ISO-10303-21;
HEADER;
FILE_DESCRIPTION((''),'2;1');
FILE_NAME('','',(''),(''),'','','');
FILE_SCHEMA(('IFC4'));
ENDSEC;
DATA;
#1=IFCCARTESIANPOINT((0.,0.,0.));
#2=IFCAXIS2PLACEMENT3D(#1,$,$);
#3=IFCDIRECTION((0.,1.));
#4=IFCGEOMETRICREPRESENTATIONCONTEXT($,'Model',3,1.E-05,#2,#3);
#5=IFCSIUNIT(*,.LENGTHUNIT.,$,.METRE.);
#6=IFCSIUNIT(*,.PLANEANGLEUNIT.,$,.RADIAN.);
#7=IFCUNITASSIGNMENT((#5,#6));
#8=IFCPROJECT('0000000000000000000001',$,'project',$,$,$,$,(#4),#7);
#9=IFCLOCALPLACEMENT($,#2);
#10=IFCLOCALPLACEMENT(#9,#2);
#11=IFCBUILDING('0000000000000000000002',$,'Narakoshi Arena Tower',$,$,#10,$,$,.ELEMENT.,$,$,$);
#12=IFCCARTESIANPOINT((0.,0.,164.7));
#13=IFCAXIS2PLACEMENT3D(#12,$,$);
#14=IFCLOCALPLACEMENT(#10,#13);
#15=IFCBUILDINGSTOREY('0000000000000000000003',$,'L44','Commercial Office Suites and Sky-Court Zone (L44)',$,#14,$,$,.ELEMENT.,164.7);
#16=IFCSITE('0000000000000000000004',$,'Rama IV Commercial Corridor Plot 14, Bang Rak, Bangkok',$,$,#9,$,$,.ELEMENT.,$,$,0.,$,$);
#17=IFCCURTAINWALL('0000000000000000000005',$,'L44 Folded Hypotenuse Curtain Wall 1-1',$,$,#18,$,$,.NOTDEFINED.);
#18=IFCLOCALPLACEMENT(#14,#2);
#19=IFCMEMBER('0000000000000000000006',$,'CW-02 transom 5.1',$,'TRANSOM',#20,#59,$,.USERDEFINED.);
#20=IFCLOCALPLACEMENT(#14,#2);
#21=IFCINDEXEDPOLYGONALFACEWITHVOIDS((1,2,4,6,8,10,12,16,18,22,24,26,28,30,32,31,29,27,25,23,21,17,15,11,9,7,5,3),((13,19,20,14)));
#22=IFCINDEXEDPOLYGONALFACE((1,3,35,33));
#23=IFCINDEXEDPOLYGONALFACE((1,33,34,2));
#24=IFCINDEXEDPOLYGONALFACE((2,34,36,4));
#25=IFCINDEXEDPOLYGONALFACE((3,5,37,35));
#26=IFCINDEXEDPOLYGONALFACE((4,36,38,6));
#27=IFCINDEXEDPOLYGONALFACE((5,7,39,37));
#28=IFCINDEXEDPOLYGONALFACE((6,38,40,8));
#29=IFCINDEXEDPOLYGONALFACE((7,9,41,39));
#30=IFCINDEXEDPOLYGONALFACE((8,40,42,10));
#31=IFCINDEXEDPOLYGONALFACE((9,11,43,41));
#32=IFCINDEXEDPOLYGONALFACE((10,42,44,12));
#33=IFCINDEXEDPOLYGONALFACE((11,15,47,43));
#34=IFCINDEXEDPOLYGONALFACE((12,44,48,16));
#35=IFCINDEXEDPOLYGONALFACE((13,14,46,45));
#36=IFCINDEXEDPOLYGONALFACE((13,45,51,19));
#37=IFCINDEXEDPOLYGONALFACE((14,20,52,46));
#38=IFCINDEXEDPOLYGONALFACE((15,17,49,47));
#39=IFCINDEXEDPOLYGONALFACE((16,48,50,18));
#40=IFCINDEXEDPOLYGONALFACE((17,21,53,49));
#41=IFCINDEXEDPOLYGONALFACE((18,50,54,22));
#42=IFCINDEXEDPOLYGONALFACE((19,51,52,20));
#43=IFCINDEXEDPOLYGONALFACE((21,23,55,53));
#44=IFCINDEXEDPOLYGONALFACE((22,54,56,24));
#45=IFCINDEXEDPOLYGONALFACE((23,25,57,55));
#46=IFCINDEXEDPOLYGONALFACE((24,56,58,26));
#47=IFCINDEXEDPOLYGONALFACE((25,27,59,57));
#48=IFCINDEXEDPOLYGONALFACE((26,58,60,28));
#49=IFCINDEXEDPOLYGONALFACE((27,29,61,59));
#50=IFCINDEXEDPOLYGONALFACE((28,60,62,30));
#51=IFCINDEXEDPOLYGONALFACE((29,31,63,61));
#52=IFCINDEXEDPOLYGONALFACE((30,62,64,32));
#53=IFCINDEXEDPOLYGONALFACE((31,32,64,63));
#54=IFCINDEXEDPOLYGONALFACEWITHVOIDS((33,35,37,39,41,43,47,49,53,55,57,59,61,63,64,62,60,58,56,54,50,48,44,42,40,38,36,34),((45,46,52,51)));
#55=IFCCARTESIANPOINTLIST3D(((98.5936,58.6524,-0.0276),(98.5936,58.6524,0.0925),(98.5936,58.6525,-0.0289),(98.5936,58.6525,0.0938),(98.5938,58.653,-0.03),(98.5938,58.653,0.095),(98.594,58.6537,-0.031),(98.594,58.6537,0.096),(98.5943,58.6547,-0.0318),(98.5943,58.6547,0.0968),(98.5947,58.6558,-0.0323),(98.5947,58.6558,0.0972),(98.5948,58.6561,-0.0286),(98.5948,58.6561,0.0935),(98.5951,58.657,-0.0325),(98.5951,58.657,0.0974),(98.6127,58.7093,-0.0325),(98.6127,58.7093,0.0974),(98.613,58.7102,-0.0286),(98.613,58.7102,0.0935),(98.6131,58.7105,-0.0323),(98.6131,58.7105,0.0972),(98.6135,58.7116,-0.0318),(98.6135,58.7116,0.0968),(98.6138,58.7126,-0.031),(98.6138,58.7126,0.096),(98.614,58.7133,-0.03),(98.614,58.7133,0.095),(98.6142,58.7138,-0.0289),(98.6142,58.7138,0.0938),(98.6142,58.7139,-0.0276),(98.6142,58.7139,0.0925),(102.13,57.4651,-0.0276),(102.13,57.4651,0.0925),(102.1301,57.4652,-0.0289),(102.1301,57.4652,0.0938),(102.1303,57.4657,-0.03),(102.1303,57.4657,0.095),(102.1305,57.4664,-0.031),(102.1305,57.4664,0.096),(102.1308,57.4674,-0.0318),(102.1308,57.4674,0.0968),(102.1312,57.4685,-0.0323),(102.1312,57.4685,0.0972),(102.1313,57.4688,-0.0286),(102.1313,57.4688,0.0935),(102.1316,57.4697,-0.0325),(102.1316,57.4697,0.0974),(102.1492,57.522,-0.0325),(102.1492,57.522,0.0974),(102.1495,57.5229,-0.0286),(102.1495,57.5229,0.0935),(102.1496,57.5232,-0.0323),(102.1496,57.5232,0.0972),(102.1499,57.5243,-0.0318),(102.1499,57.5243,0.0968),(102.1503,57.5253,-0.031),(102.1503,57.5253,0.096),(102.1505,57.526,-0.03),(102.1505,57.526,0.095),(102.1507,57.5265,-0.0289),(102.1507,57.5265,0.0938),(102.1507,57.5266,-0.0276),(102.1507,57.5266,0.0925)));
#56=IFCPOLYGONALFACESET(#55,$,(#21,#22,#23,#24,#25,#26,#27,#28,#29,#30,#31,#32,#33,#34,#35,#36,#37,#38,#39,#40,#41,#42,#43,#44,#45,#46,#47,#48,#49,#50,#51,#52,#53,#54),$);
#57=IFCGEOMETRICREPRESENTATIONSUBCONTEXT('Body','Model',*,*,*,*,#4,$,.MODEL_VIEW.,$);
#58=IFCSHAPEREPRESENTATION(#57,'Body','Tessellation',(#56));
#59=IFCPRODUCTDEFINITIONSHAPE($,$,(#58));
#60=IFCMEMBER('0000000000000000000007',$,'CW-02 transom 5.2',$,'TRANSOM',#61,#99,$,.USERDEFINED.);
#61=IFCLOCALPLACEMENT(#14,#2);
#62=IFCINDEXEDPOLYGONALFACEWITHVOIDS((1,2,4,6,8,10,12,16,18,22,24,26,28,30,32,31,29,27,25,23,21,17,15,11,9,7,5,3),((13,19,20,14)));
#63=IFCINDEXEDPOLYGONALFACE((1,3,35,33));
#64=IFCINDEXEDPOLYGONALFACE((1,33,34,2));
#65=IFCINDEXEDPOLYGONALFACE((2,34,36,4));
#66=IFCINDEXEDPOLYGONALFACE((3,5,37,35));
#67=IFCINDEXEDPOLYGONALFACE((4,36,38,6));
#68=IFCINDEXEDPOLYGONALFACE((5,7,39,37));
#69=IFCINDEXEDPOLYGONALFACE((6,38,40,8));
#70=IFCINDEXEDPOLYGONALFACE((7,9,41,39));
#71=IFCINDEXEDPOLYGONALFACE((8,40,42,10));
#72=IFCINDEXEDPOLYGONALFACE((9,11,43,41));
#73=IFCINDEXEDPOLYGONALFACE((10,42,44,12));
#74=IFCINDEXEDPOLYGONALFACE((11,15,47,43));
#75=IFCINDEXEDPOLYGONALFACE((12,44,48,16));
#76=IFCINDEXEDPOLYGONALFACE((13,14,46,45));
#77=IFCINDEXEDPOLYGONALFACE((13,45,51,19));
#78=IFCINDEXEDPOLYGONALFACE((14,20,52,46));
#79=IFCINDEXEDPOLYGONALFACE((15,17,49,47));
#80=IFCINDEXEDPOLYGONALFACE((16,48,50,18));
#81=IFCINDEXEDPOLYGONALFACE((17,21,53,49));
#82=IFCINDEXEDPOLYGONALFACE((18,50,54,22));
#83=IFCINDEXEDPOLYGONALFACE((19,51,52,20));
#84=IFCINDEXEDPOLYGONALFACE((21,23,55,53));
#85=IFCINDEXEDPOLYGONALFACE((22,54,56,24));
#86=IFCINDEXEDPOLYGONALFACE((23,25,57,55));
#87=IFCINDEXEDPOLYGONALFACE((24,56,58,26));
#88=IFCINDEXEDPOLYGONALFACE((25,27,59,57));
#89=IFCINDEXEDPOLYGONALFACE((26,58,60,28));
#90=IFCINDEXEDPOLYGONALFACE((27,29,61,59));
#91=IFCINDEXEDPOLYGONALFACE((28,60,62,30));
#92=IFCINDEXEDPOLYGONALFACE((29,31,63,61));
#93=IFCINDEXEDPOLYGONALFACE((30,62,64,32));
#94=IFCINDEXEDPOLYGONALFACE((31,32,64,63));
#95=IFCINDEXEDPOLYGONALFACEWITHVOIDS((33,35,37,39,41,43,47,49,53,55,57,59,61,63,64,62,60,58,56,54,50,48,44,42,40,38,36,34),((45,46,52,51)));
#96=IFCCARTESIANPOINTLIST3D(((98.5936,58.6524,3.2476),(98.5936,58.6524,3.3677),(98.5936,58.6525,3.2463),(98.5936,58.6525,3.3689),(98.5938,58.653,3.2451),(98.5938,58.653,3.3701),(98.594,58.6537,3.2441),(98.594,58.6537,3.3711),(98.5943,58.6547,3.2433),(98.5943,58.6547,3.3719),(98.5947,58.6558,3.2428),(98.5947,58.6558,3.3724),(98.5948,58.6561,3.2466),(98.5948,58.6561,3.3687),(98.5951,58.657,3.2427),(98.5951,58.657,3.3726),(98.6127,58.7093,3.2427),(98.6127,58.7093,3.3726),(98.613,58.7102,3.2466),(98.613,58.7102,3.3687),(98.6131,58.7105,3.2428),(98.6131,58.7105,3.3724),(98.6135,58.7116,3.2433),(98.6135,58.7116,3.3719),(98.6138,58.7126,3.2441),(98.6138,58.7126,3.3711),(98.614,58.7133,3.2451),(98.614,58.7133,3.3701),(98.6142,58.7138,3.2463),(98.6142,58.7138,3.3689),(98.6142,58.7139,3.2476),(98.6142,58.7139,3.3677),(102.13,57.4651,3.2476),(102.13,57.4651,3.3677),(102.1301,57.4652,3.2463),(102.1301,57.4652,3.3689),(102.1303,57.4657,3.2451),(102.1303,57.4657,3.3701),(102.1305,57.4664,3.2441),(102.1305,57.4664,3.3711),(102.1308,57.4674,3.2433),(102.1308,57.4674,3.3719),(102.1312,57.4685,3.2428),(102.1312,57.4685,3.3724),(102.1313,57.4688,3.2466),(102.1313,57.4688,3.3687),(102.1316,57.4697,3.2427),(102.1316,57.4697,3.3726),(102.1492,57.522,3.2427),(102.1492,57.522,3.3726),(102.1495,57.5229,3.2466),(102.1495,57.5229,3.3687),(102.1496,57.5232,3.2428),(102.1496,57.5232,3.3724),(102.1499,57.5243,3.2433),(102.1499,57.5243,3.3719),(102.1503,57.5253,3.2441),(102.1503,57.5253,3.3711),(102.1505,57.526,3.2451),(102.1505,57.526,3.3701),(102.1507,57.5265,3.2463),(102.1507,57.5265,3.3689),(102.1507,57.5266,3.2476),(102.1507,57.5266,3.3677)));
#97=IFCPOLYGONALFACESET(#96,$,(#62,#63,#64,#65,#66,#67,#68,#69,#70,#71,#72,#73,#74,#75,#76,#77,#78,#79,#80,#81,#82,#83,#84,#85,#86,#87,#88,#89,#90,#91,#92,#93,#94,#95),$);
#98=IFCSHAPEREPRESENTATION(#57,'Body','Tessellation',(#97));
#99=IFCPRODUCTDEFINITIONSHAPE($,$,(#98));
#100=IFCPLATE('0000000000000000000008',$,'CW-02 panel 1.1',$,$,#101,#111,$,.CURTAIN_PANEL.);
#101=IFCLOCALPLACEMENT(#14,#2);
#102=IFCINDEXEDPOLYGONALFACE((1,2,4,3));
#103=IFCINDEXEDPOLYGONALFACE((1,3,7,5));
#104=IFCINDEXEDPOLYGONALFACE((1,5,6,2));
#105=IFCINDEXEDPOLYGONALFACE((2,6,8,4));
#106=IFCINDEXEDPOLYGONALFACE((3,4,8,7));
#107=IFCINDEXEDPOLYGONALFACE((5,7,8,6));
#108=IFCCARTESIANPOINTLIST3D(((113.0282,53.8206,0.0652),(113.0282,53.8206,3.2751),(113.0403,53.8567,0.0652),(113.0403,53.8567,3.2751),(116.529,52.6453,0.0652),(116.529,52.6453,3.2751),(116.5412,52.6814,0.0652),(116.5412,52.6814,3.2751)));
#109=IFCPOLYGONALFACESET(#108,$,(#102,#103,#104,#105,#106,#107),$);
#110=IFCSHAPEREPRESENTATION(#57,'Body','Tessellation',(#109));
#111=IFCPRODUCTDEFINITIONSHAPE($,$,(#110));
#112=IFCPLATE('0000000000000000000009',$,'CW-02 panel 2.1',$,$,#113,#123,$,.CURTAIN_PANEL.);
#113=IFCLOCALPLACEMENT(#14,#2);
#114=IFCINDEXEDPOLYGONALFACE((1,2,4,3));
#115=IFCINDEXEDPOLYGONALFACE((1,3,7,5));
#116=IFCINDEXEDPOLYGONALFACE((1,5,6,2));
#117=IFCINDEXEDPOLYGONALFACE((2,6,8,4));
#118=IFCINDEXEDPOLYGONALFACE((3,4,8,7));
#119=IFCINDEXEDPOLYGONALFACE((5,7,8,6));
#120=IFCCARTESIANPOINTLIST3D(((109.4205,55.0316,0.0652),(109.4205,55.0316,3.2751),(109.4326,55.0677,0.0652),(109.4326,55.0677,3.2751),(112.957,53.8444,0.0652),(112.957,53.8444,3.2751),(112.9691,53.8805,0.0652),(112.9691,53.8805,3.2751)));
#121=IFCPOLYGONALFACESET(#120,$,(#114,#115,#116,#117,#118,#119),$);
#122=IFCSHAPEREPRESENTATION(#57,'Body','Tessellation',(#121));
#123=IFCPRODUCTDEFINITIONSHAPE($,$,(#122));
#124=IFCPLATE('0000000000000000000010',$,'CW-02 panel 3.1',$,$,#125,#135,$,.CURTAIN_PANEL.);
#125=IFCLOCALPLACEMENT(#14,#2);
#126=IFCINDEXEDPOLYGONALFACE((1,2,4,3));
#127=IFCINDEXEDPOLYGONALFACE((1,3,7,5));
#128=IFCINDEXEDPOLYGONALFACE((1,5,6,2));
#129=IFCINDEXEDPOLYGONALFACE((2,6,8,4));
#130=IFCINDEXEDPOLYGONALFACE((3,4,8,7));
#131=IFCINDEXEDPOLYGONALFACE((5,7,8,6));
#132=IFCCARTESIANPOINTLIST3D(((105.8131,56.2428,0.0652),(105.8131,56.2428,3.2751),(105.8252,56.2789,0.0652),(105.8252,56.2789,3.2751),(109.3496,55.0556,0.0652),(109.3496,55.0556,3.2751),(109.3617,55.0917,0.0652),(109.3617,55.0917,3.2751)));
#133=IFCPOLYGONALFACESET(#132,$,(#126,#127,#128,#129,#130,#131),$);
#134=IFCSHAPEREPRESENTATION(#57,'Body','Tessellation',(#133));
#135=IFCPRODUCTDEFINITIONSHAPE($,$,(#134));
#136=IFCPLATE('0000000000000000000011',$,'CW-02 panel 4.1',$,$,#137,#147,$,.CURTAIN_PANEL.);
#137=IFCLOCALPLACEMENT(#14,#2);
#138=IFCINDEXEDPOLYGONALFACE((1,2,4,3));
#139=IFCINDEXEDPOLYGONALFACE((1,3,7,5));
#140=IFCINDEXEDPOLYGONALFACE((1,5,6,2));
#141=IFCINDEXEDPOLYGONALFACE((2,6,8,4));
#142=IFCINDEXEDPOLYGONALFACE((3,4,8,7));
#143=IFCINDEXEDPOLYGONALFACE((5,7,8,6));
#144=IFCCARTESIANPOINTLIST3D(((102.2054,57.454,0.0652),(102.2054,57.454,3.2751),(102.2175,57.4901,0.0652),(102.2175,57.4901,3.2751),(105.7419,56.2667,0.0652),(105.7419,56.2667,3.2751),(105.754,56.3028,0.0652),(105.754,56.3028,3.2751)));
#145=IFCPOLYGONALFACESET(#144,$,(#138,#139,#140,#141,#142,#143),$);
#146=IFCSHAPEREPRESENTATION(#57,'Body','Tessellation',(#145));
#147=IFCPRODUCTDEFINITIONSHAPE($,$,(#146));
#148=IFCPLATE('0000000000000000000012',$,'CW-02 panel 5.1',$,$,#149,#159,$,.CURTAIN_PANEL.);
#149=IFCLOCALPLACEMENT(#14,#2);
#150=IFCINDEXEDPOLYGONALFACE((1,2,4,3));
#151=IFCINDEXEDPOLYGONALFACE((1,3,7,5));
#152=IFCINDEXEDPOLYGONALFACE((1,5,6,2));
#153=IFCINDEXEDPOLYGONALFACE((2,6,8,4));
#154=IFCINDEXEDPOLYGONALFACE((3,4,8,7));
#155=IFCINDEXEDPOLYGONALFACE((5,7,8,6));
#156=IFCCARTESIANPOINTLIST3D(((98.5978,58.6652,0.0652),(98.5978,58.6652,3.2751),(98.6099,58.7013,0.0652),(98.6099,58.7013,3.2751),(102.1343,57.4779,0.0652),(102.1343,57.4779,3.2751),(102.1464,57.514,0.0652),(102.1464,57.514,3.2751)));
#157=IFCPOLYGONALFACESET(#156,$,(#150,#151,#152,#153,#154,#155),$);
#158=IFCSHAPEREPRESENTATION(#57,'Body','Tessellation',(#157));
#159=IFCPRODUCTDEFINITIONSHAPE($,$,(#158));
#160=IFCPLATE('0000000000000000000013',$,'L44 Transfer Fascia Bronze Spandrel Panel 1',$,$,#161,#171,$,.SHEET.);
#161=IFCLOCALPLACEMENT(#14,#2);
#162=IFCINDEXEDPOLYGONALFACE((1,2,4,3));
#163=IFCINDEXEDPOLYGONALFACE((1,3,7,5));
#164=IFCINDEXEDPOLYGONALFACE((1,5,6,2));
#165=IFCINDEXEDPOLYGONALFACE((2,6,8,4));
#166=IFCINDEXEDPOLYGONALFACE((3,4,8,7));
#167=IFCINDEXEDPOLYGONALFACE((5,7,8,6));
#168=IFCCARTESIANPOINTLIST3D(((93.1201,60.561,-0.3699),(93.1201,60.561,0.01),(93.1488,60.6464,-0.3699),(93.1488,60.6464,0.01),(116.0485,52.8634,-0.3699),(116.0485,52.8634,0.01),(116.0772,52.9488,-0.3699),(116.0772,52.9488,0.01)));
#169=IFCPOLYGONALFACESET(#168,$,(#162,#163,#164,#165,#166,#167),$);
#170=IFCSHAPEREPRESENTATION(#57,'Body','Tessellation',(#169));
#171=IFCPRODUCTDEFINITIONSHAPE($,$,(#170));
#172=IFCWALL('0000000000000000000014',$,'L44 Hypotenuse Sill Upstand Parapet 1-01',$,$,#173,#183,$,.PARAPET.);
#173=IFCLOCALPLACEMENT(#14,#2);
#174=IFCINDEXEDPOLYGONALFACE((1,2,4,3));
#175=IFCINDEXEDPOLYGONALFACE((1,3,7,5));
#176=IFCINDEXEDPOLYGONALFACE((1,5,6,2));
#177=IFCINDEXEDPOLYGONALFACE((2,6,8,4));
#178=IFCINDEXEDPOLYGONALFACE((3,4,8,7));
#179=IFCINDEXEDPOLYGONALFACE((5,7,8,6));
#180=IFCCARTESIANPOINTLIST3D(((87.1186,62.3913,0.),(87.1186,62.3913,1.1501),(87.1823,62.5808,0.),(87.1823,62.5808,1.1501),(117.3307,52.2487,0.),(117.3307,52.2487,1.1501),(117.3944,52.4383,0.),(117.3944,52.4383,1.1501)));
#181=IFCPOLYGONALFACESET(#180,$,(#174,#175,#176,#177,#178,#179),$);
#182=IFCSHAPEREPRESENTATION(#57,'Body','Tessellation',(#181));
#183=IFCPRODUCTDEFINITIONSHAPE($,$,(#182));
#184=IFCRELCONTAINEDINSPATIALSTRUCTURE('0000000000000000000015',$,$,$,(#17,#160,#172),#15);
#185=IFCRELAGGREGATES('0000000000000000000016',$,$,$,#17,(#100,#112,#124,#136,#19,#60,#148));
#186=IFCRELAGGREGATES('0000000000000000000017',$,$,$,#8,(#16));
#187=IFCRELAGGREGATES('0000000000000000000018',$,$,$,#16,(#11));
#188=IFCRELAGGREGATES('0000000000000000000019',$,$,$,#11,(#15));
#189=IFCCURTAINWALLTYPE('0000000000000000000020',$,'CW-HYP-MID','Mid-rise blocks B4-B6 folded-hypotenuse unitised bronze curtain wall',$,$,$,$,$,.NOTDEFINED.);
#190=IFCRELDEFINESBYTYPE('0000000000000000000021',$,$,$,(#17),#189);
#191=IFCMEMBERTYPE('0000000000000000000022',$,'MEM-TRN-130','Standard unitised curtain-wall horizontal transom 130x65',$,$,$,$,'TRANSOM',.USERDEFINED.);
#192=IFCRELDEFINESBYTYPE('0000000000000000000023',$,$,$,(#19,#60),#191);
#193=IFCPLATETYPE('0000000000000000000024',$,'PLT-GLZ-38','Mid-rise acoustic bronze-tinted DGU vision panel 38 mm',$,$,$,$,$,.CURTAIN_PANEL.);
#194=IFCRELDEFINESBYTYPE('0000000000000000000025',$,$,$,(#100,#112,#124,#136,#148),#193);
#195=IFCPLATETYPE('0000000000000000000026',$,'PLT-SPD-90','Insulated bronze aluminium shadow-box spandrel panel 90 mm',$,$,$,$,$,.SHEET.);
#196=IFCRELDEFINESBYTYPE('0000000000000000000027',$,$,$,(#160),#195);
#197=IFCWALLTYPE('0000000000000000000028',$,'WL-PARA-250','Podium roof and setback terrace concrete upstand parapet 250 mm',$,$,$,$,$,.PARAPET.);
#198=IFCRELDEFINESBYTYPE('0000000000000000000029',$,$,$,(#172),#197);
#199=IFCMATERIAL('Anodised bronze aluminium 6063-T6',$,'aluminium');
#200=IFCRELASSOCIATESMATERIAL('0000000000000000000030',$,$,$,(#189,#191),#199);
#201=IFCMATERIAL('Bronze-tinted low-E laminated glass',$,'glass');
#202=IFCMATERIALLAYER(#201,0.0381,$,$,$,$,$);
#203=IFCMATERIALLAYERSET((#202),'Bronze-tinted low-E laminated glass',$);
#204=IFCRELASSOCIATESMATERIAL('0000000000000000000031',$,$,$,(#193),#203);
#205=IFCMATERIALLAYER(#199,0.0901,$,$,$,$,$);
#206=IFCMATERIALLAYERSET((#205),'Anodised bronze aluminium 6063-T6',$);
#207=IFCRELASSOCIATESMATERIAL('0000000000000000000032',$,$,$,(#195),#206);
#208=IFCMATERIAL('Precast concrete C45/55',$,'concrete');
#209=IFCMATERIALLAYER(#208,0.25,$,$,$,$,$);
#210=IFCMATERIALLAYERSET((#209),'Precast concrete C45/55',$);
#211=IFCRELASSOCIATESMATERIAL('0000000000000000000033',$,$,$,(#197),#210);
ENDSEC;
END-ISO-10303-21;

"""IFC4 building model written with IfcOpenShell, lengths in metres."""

from ifc_helpers import new_model, si_unit, direction, frame, frame_2d, origin, origin_2d, place, context, subcontext, project, spatial, rectangle, hollow_rectangle, extrude, material, layer, layer_set, material_profile, profile_set, type_object, element, aggregate, save


model = new_model("IFC4")

# Units and contexts
model_context = context("Model", 3, precision=1e-05, world=origin(), true_north=direction((0.0, 1.0)))
body_context = subcontext(model_context, "Body", "Model", "MODEL_VIEW")
ifc_project = project(units=[si_unit("LENGTHUNIT", "METRE"), si_unit("PLANEANGLEUNIT", "RADIAN")], contexts=[model_context])

# Site, building, storey
site_placement = place(None, origin())
site = spatial("IfcSite", under=ifc_project, at=site_placement, Name="Rama IV Commercial Corridor Plot 14, Bang Rak, Bangkok", CompositionType="ELEMENT", RefElevation=0.0)
building_placement = place(site_placement, origin())
building = spatial("IfcBuilding", under=site, at=building_placement, Name="Narakoshi Arena Tower", CompositionType="ELEMENT")
storey_placement = place(building_placement, frame((0.0, 0.0, 164.7)))
storey = spatial("IfcBuildingStorey", under=building, at=storey_placement, Name="L44", Description="Commercial Office Suites and Sky-Court Zone (L44)", CompositionType="ELEMENT", Elevation=164.7)

# Curtain wall, members, plates
ifc_material_1 = material(Name="Anodised bronze aluminium 6063-T6", Category="aluminium")
curtain_wall_type = type_object("IfcCurtainWallType", Name="CW-HYP-MID", Description="Mid-rise blocks B4-B6 folded-hypotenuse unitised bronze curtain wall", PredefinedType="NOTDEFINED", material=ifc_material_1)
curtain_wall_placement = place(storey_placement, origin())
curtain_wall = element("IfcCurtainWall", 1, at=curtain_wall_placement, inside=storey, type_object=curtain_wall_type, Name="L44 Folded Hypotenuse Curtain Wall 1-1", PredefinedType="NOTDEFINED")
ifc_material_profile_1 = material_profile(ifc_material_1, hollow_rectangle(XDim=0.0649, YDim=0.1299, WallThickness=0.0039, OuterFilletRadius=0.0049, at=origin_2d()), Name="TRN130x65x4")
ifc_profile_set_1 = profile_set([ifc_material_profile_1], Name="Anodised bronze aluminium 6063-T6")
member_type_1 = type_object("IfcMemberType", Name="MEM-TRN-130", Description="Standard unitised curtain-wall horizontal transom 130x65", ElementType="TRANSOM", PredefinedType="USERDEFINED", material=ifc_profile_set_1)
member_1_placement = place(storey_placement, frame((102.1404, 57.4958, 0.0325), z_axis=(-0.948, 0.318269, 0.0), x_axis=(-0.318269, -0.948, 0.0)))
member_1 = element("IfcMember", 2, at=member_1_placement, type_object=member_type_1, Name="CW-02 transom 5.1", ObjectType="TRANSOM", PredefinedType="USERDEFINED", context=body_context, shape_type="SweptSolid", body=[
    extrude(hollow_rectangle(XDim=0.0649, YDim=0.1299, WallThickness=0.0039, OuterFilletRadius=0.0049, at=origin_2d()), origin(), (0.0, 0.0, 1.0), 3.7305),
])
member_2_placement = place(storey_placement, frame((102.1404, 57.4958, 3.3076), z_axis=(-0.948, 0.318269, 0.0), x_axis=(-0.318269, -0.948, 0.0)))
member_2 = element("IfcMember", 3, at=member_2_placement, type_object=member_type_1, Name="CW-02 transom 5.2", ObjectType="TRANSOM", PredefinedType="USERDEFINED", context=body_context, shape_type="SweptSolid", body=[
    extrude(hollow_rectangle(XDim=0.0649, YDim=0.1299, WallThickness=0.0039, OuterFilletRadius=0.0049, at=origin_2d()), origin(), (0.0, 0.0, 1.0), 3.7305),
])
ifc_material_2 = material(Name="Bronze-tinted low-E laminated glass", Category="glass")
ifc_layer_1 = layer(ifc_material_2, 0.0381)
ifc_layer_set_1 = layer_set([ifc_layer_1], Name="Bronze-tinted low-E laminated glass")
plate_type_1 = type_object("IfcPlateType", Name="PLT-GLZ-38", Description="Mid-rise acoustic bronze-tinted DGU vision panel 38 mm", PredefinedType="CURTAIN_PANEL", material=ifc_layer_set_1)
plate_1_placement = place(storey_placement, frame((114.7847, 53.251, 0.0652), z_axis=(0.0, 0.0, 1.0), x_axis=(-0.948003, 0.318261, 0.0)))
plate_1 = element("IfcPlate", 4, at=plate_1_placement, type_object=plate_type_1, Name="CW-02 panel 1.1", PredefinedType="CURTAIN_PANEL", context=body_context, shape_type="SweptSolid", body=[
    extrude(rectangle(XDim=3.6929, YDim=0.0381, at=origin_2d()), origin(), (0.0, 0.0, 1.0), 3.21),
])
plate_2_placement = place(storey_placement, frame((111.1948, 54.4561, 0.0652), z_axis=(0.0, 0.0, 1.0), x_axis=(-0.948003, 0.318261, 0.0)))
plate_2 = element("IfcPlate", 5, at=plate_2_placement, type_object=plate_type_1, Name="CW-02 panel 2.1", PredefinedType="CURTAIN_PANEL", context=body_context, shape_type="SweptSolid", body=[
    extrude(rectangle(XDim=3.7305, YDim=0.0381, at=origin_2d()), origin(), (0.0, 0.0, 1.0), 3.21),
])
plate_3_placement = place(storey_placement, frame((107.5874, 55.6672, 0.0652), z_axis=(0.0, 0.0, 1.0), x_axis=(-0.948003, 0.318261, 0.0)))
plate_3 = element("IfcPlate", 6, at=plate_3_placement, type_object=plate_type_1, Name="CW-02 panel 3.1", PredefinedType="CURTAIN_PANEL", context=body_context, shape_type="SweptSolid", body=[
    extrude(rectangle(XDim=3.7305, YDim=0.0381, at=origin_2d()), origin(), (0.0, 0.0, 1.0), 3.21),
])
plate_4_placement = place(storey_placement, frame((103.9797, 56.8784, 0.0652), z_axis=(0.0, 0.0, 1.0), x_axis=(-0.948003, 0.318261, 0.0)))
plate_4 = element("IfcPlate", 7, at=plate_4_placement, type_object=plate_type_1, Name="CW-02 panel 4.1", PredefinedType="CURTAIN_PANEL", context=body_context, shape_type="SweptSolid", body=[
    extrude(rectangle(XDim=3.7305, YDim=0.0381, at=origin_2d()), origin(), (0.0, 0.0, 1.0), 3.21),
])
plate_5_placement = place(storey_placement, frame((100.3721, 58.0896, 0.0652), z_axis=(0.0, 0.0, 1.0), x_axis=(-0.948003, 0.318261, 0.0)))
plate_5 = element("IfcPlate", 8, at=plate_5_placement, type_object=plate_type_1, Name="CW-02 panel 5.1", PredefinedType="CURTAIN_PANEL", context=body_context, shape_type="SweptSolid", body=[
    extrude(rectangle(XDim=3.7305, YDim=0.0381, at=origin_2d()), origin(), (0.0, 0.0, 1.0), 3.21),
])
aggregate(curtain_wall, [plate_1, plate_2, plate_3, plate_4, member_1, member_2, plate_5])

# Plate
ifc_layer_2 = layer(ifc_material_1, 0.0901)
ifc_layer_set_2 = layer_set([ifc_layer_2], Name="Anodised bronze aluminium 6063-T6")
plate_type_2 = type_object("IfcPlateType", Name="PLT-SPD-90", Description="Insulated bronze aluminium shadow-box spandrel panel 90 mm", PredefinedType="SHEET", material=ifc_layer_set_2)
plate_6_placement = place(storey_placement, frame((104.5986, 56.7549, -0.3699), z_axis=(0.0, 0.0, 1.0), x_axis=(-0.948002, 0.318264, 0.0)))
element("IfcPlate", 9, at=plate_6_placement, inside=storey, type_object=plate_type_2, Name="L44 Transfer Fascia Bronze Spandrel Panel 1", PredefinedType="SHEET", context=body_context, shape_type="SweptSolid", body=[
    extrude(rectangle(XDim=24.186, YDim=0.0901, at=origin_2d()), origin(), (0.0, 0.0, 1.0), 0.3799),
])

# Wall
ifc_material_3 = material(Name="Precast concrete C45/55", Category="concrete")
ifc_layer_3 = layer(ifc_material_3, 0.25)
ifc_layer_set_3 = layer_set([ifc_layer_3], Name="Precast concrete C45/55")
wall_type_1 = type_object("IfcWallType", Name="WL-PARA-250", Description="Podium roof and setback terrace concrete upstand parapet 250 mm", PredefinedType="PARAPET", material=ifc_layer_set_3)
wall_1_placement = place(storey_placement, frame((117.3625, 52.3435, 0.0), z_axis=(0.0, 0.0, 1.0), x_axis=(-0.948005, 0.318256, 0.0)))
element("IfcWall", 10, at=wall_1_placement, inside=storey, type_object=wall_type_1, Name="L44 Hypotenuse Sill Upstand Parapet 1-01", PredefinedType="PARAPET", context=body_context, shape_type="SweptSolid", body=[
    extrude(rectangle(XDim=31.8691, YDim=0.2, at=frame_2d((15.9346, 0.0))), origin(), (0.0, 0.0, 1.0), 1.1501),
])

save(model, "model.ifc")
